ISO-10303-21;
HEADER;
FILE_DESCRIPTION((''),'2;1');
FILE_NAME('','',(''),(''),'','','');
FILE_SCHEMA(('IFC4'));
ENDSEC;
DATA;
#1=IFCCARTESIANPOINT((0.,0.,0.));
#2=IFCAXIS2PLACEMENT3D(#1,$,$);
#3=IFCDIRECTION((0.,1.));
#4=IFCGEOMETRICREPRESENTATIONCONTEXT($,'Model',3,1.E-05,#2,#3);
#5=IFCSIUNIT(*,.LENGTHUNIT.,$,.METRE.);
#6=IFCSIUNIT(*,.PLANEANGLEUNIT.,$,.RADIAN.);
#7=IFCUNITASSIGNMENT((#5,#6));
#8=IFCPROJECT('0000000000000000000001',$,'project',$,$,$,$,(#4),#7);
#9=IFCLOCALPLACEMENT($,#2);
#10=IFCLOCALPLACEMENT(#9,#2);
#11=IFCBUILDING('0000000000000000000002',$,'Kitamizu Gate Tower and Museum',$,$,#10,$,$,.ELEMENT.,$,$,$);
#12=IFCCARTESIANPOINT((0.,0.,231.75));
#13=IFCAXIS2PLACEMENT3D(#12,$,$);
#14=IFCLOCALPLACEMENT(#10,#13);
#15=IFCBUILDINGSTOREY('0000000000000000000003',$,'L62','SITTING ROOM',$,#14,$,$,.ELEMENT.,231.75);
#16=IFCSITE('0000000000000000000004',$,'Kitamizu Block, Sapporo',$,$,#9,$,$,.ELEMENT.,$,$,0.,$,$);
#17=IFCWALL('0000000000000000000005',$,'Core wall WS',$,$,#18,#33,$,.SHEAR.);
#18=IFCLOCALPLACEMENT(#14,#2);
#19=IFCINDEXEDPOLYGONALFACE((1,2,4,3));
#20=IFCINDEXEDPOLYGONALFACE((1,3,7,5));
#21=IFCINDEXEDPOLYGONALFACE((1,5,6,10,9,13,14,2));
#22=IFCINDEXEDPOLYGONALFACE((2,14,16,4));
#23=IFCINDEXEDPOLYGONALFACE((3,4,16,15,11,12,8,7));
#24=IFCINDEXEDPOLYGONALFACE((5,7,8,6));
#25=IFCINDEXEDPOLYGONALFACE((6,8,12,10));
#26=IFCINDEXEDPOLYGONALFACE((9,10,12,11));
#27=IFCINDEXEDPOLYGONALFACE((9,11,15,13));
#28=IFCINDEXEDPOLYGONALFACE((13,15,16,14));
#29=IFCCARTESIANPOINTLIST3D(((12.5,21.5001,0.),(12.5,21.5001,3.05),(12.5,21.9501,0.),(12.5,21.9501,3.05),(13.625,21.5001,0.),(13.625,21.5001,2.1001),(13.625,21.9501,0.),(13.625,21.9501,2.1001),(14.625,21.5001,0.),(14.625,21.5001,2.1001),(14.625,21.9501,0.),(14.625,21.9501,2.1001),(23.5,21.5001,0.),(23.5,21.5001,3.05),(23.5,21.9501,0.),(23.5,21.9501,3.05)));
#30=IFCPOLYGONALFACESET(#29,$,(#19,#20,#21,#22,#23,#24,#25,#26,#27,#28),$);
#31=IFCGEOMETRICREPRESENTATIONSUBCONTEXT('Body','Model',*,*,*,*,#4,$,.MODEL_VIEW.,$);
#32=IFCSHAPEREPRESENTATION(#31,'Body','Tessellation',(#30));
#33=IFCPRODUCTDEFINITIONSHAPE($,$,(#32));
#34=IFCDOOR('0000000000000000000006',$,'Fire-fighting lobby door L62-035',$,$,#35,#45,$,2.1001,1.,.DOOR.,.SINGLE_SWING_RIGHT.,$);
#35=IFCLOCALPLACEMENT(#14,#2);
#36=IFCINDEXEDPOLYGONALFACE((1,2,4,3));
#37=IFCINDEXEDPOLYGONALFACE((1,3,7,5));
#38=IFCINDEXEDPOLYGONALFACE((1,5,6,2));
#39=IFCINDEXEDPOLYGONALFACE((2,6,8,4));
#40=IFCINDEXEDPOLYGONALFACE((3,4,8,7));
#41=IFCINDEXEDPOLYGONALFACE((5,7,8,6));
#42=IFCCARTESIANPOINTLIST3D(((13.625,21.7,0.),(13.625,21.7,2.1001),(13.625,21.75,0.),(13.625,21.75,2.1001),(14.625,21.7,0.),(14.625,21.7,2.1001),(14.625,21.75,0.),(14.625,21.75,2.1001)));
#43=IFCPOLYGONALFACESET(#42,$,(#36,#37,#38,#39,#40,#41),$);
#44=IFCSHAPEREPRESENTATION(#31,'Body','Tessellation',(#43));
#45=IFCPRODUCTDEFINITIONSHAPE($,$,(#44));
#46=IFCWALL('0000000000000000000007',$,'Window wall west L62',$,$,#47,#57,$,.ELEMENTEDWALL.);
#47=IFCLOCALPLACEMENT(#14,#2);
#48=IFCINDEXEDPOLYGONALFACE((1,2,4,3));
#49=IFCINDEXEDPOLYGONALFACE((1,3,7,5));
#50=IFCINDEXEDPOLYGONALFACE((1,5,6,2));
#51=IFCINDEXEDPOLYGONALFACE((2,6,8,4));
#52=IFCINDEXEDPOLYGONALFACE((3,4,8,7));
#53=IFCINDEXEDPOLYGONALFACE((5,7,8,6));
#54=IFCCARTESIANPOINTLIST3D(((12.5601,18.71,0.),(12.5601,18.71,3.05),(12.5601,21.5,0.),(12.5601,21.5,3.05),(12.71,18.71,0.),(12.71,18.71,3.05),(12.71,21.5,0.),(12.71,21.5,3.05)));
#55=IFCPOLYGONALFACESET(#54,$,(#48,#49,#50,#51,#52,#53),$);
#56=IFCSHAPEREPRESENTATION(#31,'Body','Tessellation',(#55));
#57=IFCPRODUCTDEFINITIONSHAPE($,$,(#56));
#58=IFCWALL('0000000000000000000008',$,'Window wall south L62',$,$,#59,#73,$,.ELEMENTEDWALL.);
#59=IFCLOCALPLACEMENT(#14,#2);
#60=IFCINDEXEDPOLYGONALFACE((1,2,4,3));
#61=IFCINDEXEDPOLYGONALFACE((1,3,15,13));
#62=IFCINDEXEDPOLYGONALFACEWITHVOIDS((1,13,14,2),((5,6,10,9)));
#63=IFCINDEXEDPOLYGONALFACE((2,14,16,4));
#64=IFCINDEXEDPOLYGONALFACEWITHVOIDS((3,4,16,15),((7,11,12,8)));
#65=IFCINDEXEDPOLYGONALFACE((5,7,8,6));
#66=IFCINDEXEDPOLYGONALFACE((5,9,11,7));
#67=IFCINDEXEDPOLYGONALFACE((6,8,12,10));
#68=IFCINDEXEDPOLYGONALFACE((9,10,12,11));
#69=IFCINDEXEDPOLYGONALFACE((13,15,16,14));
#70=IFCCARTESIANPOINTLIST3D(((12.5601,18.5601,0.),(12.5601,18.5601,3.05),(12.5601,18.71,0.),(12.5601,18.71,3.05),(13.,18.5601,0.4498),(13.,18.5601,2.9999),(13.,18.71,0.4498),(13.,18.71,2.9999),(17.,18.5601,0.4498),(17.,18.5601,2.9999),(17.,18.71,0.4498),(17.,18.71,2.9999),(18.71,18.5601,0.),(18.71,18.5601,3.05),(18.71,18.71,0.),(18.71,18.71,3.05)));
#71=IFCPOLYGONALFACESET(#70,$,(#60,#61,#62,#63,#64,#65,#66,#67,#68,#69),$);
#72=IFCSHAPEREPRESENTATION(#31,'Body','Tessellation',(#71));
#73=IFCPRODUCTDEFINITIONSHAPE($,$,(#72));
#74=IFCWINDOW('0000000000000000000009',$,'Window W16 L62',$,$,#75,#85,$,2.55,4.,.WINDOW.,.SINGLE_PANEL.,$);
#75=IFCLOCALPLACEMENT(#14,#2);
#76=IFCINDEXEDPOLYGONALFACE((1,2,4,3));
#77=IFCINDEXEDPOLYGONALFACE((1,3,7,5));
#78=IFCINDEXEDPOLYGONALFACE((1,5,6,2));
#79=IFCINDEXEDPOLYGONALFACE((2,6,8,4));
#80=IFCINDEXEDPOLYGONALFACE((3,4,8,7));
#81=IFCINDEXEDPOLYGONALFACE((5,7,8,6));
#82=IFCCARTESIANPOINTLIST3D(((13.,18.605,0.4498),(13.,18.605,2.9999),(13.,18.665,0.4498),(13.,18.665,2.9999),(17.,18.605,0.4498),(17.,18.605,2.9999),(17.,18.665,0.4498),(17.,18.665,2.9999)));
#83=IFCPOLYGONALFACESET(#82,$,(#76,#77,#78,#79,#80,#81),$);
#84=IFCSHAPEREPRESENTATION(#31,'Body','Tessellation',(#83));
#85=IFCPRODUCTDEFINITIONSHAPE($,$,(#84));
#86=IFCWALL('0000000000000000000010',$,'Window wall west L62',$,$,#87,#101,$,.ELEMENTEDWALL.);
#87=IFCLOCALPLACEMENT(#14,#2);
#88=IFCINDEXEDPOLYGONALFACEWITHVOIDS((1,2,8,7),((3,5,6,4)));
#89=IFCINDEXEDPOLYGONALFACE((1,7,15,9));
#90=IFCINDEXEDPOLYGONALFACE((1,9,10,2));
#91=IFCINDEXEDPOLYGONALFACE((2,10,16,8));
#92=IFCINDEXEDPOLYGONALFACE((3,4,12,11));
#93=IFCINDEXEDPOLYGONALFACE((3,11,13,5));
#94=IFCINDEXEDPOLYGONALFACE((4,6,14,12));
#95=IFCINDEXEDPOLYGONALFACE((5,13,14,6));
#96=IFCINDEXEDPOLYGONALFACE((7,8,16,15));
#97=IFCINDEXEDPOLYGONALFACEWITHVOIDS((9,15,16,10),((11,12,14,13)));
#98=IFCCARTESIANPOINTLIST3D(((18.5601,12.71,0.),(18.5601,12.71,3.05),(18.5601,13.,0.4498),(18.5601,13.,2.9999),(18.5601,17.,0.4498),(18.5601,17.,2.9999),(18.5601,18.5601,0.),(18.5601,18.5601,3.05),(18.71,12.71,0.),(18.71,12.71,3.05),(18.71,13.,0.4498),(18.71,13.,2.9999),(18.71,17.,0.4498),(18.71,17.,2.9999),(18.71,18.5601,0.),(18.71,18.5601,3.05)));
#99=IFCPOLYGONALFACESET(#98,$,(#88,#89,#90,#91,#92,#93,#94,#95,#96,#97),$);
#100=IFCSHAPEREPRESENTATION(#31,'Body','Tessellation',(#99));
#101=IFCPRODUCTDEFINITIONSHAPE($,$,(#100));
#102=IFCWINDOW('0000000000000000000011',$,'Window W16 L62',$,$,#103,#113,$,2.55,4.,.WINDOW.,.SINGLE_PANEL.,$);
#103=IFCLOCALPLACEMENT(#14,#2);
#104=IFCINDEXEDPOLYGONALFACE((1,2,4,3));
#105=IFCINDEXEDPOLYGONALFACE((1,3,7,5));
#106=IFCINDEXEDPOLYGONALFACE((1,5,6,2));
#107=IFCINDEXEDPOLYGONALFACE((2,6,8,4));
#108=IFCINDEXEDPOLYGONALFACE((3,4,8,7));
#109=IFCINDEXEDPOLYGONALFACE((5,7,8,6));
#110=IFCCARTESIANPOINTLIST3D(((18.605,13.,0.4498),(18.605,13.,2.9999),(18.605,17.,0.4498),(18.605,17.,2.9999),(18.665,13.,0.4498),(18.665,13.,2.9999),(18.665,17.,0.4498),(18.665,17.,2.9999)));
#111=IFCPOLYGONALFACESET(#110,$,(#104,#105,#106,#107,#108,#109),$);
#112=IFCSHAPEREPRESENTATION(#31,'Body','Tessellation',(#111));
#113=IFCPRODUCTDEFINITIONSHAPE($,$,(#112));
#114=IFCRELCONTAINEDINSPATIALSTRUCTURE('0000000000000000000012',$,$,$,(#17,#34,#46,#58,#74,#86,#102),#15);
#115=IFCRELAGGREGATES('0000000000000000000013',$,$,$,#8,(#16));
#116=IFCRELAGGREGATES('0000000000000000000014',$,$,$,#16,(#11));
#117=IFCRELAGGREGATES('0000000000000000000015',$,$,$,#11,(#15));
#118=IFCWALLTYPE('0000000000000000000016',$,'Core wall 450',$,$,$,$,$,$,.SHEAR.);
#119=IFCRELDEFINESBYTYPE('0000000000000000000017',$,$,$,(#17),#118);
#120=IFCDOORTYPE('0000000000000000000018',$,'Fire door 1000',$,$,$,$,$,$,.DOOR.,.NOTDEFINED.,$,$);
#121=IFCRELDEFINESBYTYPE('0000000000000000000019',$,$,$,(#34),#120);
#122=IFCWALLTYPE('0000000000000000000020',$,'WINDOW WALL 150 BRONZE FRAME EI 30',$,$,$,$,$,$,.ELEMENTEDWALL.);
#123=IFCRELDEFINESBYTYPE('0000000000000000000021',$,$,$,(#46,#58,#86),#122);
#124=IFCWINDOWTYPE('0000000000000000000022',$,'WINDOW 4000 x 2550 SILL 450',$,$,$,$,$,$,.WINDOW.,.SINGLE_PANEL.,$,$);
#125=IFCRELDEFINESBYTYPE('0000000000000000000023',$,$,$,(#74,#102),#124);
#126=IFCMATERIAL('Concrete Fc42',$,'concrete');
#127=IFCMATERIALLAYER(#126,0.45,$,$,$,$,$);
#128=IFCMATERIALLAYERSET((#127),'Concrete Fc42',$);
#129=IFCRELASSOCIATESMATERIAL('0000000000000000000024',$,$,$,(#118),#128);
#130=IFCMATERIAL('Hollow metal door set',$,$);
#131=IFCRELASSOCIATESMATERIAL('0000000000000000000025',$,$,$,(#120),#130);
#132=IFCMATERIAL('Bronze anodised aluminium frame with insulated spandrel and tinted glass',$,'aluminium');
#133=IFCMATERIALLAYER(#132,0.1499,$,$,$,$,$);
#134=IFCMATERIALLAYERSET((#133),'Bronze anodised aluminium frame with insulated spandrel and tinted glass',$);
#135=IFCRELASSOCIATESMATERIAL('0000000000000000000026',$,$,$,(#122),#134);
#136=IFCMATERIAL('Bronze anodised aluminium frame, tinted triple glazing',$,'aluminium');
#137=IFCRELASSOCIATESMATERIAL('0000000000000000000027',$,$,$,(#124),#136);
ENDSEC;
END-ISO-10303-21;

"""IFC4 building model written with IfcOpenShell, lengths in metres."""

from ifc_helpers import new_model, si_unit, direction, frame, frame_2d, origin, place, context, subcontext, project, spatial, rectangle, extrude, material, layer, layer_set, type_object, element, fill, save


model = new_model("IFC4")

# Units and contexts
model_context = context("Model", 3, precision=1e-05, world=origin(), true_north=direction((0.0, 1.0)))
body_context = subcontext(model_context, "Body", "Model", "MODEL_VIEW")
ifc_project = project(units=[si_unit("LENGTHUNIT", "METRE"), si_unit("PLANEANGLEUNIT", "RADIAN")], contexts=[model_context])

# Site, building, storey
site_placement = place(None, origin())
site = spatial("IfcSite", under=ifc_project, at=site_placement, Name="Kitamizu Block, Sapporo", CompositionType="ELEMENT", RefElevation=0.0)
building_placement = place(site_placement, origin())
building = spatial("IfcBuilding", under=site, at=building_placement, Name="Kitamizu Gate Tower and Museum", CompositionType="ELEMENT")
storey_placement = place(building_placement, frame((0.0, 0.0, 231.75)))
storey = spatial("IfcBuildingStorey", under=building, at=storey_placement, Name="L62", Description="SITTING ROOM", CompositionType="ELEMENT", Elevation=231.75)

# Wall, opening, door
ifc_material_1 = material(Name="Concrete Fc42", Category="concrete")
ifc_layer_1 = layer(ifc_material_1, 0.45)
ifc_layer_set_1 = layer_set([ifc_layer_1], Name="Concrete Fc42")
wall_type_1 = type_object("IfcWallType", Name="Core wall 450", PredefinedType="SHEAR", material=ifc_layer_set_1)
wall_1_placement = place(storey_placement, frame((12.5, 21.7251, 0.0), z_axis=(0.0, 0.0, 1.0), x_axis=(1.0, 0.0, 0.0)))
wall_1 = element("IfcWall", 1, at=wall_1_placement, inside=storey, type_object=wall_type_1, Name="Core wall WS", PredefinedType="SHEAR", context=body_context, shape_type="SweptSolid", body=[
    extrude(rectangle(XDim=11.0, YDim=0.45, at=frame_2d((5.5, 0.0))), origin(), (0.0, 0.0, 1.0), 3.05),
])
opening_1_placement = place(wall_1_placement, frame((1.125, 0.0, 0.0)))
opening_1 = element("IfcOpeningElement", 2, at=opening_1_placement, cuts=wall_1, PredefinedType="OPENING", context=body_context, shape_type="SweptSolid", body=[
    extrude(rectangle(XDim=1.0, YDim=2.1001, at=frame_2d((0.5, 1.05))), frame((0.0, 0.2349, 0.0), z_axis=(0.0, -1.0, 0.0), x_axis=(1.0, 0.0, 0.0)), (0.0, 0.0, 1.0), 0.47),
])
ifc_material_2 = material(Name="Hollow metal door set")
door_type = type_object("IfcDoorType", Name="Fire door 1000", OperationType="NOTDEFINED", PredefinedType="DOOR", material=ifc_material_2)
door_placement = place(opening_1_placement, origin())
door = element("IfcDoor", 3, at=door_placement, inside=storey, type_object=door_type, Name="Fire-fighting lobby door L62-035", OperationType="SINGLE_SWING_RIGHT", OverallHeight=2.1001, OverallWidth=1.0, PredefinedType="DOOR", context=body_context, shape_type="SweptSolid", body=[
    extrude(rectangle(XDim=1.0, YDim=2.1001, at=frame_2d((0.5, 1.05))), frame((0.0, 0.0249, 0.0), z_axis=(0.0, -1.0, 0.0), x_axis=(1.0, 0.0, 0.0)), (0.0, 0.0, 1.0), 0.05),
])
fill(opening_1, door)

# Shared definitions
ifc_material_3 = material(Name="Bronze anodised aluminium frame with insulated spandrel and tinted glass", Category="aluminium")
ifc_layer_2 = layer(ifc_material_3, 0.1499)
ifc_layer_set_2 = layer_set([ifc_layer_2], Name="Bronze anodised aluminium frame with insulated spandrel and tinted glass")
wall_type_2 = type_object("IfcWallType", Name="WINDOW WALL 150 BRONZE FRAME EI 30", PredefinedType="ELEMENTEDWALL", material=ifc_layer_set_2)

# Wall
wall_2_placement = place(storey_placement, frame((12.635, 18.71, 0.0), z_axis=(0.0, 0.0, 1.0), x_axis=(0.0, 1.0, 0.0)))
element("IfcWall", 4, at=wall_2_placement, inside=storey, type_object=wall_type_2, Name="Window wall west L62", PredefinedType="ELEMENTEDWALL", context=body_context, shape_type="SweptSolid", body=[
    extrude(rectangle(XDim=2.79, YDim=0.1499, at=frame_2d((1.395, 0.0))), origin(), (0.0, 0.0, 1.0), 3.05),
])

# Walls, openings, windows
wall_3_placement = place(storey_placement, frame((12.5601, 18.635, 0.0), z_axis=(0.0, 0.0, 1.0), x_axis=(1.0, 0.0, 0.0)))
wall_3 = element("IfcWall", 5, at=wall_3_placement, inside=storey, type_object=wall_type_2, Name="Window wall south L62", PredefinedType="ELEMENTEDWALL", context=body_context, shape_type="SweptSolid", body=[
    extrude(rectangle(XDim=6.1499, YDim=0.1499, at=frame_2d((3.075, 0.0))), origin(), (0.0, 0.0, 1.0), 3.05),
])
opening_2_placement = place(wall_3_placement, frame((0.4399, 0.0, 0.45)))
opening_2 = element("IfcOpeningElement", 6, at=opening_2_placement, cuts=wall_3, PredefinedType="OPENING", context=body_context, shape_type="SweptSolid", body=[
    extrude(rectangle(XDim=4.0, YDim=2.55, at=frame_2d((2.0, 1.2749))), frame((0.0, 0.085, 0.0), z_axis=(0.0, -1.0, 0.0), x_axis=(1.0, 0.0, 0.0)), (0.0, 0.0, 1.0), 0.1699),
])
ifc_material_4 = material(Name="Bronze anodised aluminium frame, tinted triple glazing", Category="aluminium")
window_type_1 = type_object("IfcWindowType", Name="WINDOW 4000 x 2550 SILL 450", PartitioningType="SINGLE_PANEL", PredefinedType="WINDOW", material=ifc_material_4)
window_1_placement = place(opening_2_placement, origin())
window_1 = element("IfcWindow", 7, at=window_1_placement, inside=storey, type_object=window_type_1, Name="Window W16 L62", OverallHeight=2.55, OverallWidth=4.0, PartitioningType="SINGLE_PANEL", PredefinedType="WINDOW", context=body_context, shape_type="SweptSolid", body=[
    extrude(rectangle(XDim=4.0, YDim=2.55, at=frame_2d((2.0, 1.2749))), frame((0.0, 0.03, 0.0), z_axis=(0.0, -1.0, 0.0), x_axis=(1.0, 0.0, 0.0)), (0.0, 0.0, 1.0), 0.0601),
])
fill(opening_2, window_1)
wall_4_placement = place(storey_placement, frame((18.635, 12.71, 0.0), z_axis=(0.0, 0.0, 1.0), x_axis=(0.0, 1.0, 0.0)))
wall_4 = element("IfcWall", 8, at=wall_4_placement, inside=storey, type_object=wall_type_2, Name="Window wall west L62", PredefinedType="ELEMENTEDWALL", context=body_context, shape_type="SweptSolid", body=[
    extrude(rectangle(XDim=5.8501, YDim=0.1499, at=frame_2d((2.925, 0.0))), origin(), (0.0, 0.0, 1.0), 3.05),
])
opening_3_placement = place(wall_4_placement, frame((0.29, 0.0, 0.45)))
opening_3 = element("IfcOpeningElement", 9, at=opening_3_placement, cuts=wall_4, PredefinedType="OPENING", context=body_context, shape_type="SweptSolid", body=[
    extrude(rectangle(XDim=4.0, YDim=2.55, at=frame_2d((2.0, 1.2749))), frame((0.0, 0.085, 0.0), z_axis=(0.0, -1.0, 0.0), x_axis=(1.0, 0.0, 0.0)), (0.0, 0.0, 1.0), 0.1699),
])
window_2_placement = place(opening_3_placement, origin())
window_2 = element("IfcWindow", 10, at=window_2_placement, inside=storey, type_object=window_type_1, Name="Window W16 L62", OverallHeight=2.55, OverallWidth=4.0, PartitioningType="SINGLE_PANEL", PredefinedType="WINDOW", context=body_context, shape_type="SweptSolid", body=[
    extrude(rectangle(XDim=4.0, YDim=2.55, at=frame_2d((2.0, 1.2749))), frame((0.0, 0.03, 0.0), z_axis=(0.0, -1.0, 0.0), x_axis=(1.0, 0.0, 0.0)), (0.0, 0.0, 1.0), 0.0601),
])
fill(opening_3, window_2)

save(model, "model.ifc")
